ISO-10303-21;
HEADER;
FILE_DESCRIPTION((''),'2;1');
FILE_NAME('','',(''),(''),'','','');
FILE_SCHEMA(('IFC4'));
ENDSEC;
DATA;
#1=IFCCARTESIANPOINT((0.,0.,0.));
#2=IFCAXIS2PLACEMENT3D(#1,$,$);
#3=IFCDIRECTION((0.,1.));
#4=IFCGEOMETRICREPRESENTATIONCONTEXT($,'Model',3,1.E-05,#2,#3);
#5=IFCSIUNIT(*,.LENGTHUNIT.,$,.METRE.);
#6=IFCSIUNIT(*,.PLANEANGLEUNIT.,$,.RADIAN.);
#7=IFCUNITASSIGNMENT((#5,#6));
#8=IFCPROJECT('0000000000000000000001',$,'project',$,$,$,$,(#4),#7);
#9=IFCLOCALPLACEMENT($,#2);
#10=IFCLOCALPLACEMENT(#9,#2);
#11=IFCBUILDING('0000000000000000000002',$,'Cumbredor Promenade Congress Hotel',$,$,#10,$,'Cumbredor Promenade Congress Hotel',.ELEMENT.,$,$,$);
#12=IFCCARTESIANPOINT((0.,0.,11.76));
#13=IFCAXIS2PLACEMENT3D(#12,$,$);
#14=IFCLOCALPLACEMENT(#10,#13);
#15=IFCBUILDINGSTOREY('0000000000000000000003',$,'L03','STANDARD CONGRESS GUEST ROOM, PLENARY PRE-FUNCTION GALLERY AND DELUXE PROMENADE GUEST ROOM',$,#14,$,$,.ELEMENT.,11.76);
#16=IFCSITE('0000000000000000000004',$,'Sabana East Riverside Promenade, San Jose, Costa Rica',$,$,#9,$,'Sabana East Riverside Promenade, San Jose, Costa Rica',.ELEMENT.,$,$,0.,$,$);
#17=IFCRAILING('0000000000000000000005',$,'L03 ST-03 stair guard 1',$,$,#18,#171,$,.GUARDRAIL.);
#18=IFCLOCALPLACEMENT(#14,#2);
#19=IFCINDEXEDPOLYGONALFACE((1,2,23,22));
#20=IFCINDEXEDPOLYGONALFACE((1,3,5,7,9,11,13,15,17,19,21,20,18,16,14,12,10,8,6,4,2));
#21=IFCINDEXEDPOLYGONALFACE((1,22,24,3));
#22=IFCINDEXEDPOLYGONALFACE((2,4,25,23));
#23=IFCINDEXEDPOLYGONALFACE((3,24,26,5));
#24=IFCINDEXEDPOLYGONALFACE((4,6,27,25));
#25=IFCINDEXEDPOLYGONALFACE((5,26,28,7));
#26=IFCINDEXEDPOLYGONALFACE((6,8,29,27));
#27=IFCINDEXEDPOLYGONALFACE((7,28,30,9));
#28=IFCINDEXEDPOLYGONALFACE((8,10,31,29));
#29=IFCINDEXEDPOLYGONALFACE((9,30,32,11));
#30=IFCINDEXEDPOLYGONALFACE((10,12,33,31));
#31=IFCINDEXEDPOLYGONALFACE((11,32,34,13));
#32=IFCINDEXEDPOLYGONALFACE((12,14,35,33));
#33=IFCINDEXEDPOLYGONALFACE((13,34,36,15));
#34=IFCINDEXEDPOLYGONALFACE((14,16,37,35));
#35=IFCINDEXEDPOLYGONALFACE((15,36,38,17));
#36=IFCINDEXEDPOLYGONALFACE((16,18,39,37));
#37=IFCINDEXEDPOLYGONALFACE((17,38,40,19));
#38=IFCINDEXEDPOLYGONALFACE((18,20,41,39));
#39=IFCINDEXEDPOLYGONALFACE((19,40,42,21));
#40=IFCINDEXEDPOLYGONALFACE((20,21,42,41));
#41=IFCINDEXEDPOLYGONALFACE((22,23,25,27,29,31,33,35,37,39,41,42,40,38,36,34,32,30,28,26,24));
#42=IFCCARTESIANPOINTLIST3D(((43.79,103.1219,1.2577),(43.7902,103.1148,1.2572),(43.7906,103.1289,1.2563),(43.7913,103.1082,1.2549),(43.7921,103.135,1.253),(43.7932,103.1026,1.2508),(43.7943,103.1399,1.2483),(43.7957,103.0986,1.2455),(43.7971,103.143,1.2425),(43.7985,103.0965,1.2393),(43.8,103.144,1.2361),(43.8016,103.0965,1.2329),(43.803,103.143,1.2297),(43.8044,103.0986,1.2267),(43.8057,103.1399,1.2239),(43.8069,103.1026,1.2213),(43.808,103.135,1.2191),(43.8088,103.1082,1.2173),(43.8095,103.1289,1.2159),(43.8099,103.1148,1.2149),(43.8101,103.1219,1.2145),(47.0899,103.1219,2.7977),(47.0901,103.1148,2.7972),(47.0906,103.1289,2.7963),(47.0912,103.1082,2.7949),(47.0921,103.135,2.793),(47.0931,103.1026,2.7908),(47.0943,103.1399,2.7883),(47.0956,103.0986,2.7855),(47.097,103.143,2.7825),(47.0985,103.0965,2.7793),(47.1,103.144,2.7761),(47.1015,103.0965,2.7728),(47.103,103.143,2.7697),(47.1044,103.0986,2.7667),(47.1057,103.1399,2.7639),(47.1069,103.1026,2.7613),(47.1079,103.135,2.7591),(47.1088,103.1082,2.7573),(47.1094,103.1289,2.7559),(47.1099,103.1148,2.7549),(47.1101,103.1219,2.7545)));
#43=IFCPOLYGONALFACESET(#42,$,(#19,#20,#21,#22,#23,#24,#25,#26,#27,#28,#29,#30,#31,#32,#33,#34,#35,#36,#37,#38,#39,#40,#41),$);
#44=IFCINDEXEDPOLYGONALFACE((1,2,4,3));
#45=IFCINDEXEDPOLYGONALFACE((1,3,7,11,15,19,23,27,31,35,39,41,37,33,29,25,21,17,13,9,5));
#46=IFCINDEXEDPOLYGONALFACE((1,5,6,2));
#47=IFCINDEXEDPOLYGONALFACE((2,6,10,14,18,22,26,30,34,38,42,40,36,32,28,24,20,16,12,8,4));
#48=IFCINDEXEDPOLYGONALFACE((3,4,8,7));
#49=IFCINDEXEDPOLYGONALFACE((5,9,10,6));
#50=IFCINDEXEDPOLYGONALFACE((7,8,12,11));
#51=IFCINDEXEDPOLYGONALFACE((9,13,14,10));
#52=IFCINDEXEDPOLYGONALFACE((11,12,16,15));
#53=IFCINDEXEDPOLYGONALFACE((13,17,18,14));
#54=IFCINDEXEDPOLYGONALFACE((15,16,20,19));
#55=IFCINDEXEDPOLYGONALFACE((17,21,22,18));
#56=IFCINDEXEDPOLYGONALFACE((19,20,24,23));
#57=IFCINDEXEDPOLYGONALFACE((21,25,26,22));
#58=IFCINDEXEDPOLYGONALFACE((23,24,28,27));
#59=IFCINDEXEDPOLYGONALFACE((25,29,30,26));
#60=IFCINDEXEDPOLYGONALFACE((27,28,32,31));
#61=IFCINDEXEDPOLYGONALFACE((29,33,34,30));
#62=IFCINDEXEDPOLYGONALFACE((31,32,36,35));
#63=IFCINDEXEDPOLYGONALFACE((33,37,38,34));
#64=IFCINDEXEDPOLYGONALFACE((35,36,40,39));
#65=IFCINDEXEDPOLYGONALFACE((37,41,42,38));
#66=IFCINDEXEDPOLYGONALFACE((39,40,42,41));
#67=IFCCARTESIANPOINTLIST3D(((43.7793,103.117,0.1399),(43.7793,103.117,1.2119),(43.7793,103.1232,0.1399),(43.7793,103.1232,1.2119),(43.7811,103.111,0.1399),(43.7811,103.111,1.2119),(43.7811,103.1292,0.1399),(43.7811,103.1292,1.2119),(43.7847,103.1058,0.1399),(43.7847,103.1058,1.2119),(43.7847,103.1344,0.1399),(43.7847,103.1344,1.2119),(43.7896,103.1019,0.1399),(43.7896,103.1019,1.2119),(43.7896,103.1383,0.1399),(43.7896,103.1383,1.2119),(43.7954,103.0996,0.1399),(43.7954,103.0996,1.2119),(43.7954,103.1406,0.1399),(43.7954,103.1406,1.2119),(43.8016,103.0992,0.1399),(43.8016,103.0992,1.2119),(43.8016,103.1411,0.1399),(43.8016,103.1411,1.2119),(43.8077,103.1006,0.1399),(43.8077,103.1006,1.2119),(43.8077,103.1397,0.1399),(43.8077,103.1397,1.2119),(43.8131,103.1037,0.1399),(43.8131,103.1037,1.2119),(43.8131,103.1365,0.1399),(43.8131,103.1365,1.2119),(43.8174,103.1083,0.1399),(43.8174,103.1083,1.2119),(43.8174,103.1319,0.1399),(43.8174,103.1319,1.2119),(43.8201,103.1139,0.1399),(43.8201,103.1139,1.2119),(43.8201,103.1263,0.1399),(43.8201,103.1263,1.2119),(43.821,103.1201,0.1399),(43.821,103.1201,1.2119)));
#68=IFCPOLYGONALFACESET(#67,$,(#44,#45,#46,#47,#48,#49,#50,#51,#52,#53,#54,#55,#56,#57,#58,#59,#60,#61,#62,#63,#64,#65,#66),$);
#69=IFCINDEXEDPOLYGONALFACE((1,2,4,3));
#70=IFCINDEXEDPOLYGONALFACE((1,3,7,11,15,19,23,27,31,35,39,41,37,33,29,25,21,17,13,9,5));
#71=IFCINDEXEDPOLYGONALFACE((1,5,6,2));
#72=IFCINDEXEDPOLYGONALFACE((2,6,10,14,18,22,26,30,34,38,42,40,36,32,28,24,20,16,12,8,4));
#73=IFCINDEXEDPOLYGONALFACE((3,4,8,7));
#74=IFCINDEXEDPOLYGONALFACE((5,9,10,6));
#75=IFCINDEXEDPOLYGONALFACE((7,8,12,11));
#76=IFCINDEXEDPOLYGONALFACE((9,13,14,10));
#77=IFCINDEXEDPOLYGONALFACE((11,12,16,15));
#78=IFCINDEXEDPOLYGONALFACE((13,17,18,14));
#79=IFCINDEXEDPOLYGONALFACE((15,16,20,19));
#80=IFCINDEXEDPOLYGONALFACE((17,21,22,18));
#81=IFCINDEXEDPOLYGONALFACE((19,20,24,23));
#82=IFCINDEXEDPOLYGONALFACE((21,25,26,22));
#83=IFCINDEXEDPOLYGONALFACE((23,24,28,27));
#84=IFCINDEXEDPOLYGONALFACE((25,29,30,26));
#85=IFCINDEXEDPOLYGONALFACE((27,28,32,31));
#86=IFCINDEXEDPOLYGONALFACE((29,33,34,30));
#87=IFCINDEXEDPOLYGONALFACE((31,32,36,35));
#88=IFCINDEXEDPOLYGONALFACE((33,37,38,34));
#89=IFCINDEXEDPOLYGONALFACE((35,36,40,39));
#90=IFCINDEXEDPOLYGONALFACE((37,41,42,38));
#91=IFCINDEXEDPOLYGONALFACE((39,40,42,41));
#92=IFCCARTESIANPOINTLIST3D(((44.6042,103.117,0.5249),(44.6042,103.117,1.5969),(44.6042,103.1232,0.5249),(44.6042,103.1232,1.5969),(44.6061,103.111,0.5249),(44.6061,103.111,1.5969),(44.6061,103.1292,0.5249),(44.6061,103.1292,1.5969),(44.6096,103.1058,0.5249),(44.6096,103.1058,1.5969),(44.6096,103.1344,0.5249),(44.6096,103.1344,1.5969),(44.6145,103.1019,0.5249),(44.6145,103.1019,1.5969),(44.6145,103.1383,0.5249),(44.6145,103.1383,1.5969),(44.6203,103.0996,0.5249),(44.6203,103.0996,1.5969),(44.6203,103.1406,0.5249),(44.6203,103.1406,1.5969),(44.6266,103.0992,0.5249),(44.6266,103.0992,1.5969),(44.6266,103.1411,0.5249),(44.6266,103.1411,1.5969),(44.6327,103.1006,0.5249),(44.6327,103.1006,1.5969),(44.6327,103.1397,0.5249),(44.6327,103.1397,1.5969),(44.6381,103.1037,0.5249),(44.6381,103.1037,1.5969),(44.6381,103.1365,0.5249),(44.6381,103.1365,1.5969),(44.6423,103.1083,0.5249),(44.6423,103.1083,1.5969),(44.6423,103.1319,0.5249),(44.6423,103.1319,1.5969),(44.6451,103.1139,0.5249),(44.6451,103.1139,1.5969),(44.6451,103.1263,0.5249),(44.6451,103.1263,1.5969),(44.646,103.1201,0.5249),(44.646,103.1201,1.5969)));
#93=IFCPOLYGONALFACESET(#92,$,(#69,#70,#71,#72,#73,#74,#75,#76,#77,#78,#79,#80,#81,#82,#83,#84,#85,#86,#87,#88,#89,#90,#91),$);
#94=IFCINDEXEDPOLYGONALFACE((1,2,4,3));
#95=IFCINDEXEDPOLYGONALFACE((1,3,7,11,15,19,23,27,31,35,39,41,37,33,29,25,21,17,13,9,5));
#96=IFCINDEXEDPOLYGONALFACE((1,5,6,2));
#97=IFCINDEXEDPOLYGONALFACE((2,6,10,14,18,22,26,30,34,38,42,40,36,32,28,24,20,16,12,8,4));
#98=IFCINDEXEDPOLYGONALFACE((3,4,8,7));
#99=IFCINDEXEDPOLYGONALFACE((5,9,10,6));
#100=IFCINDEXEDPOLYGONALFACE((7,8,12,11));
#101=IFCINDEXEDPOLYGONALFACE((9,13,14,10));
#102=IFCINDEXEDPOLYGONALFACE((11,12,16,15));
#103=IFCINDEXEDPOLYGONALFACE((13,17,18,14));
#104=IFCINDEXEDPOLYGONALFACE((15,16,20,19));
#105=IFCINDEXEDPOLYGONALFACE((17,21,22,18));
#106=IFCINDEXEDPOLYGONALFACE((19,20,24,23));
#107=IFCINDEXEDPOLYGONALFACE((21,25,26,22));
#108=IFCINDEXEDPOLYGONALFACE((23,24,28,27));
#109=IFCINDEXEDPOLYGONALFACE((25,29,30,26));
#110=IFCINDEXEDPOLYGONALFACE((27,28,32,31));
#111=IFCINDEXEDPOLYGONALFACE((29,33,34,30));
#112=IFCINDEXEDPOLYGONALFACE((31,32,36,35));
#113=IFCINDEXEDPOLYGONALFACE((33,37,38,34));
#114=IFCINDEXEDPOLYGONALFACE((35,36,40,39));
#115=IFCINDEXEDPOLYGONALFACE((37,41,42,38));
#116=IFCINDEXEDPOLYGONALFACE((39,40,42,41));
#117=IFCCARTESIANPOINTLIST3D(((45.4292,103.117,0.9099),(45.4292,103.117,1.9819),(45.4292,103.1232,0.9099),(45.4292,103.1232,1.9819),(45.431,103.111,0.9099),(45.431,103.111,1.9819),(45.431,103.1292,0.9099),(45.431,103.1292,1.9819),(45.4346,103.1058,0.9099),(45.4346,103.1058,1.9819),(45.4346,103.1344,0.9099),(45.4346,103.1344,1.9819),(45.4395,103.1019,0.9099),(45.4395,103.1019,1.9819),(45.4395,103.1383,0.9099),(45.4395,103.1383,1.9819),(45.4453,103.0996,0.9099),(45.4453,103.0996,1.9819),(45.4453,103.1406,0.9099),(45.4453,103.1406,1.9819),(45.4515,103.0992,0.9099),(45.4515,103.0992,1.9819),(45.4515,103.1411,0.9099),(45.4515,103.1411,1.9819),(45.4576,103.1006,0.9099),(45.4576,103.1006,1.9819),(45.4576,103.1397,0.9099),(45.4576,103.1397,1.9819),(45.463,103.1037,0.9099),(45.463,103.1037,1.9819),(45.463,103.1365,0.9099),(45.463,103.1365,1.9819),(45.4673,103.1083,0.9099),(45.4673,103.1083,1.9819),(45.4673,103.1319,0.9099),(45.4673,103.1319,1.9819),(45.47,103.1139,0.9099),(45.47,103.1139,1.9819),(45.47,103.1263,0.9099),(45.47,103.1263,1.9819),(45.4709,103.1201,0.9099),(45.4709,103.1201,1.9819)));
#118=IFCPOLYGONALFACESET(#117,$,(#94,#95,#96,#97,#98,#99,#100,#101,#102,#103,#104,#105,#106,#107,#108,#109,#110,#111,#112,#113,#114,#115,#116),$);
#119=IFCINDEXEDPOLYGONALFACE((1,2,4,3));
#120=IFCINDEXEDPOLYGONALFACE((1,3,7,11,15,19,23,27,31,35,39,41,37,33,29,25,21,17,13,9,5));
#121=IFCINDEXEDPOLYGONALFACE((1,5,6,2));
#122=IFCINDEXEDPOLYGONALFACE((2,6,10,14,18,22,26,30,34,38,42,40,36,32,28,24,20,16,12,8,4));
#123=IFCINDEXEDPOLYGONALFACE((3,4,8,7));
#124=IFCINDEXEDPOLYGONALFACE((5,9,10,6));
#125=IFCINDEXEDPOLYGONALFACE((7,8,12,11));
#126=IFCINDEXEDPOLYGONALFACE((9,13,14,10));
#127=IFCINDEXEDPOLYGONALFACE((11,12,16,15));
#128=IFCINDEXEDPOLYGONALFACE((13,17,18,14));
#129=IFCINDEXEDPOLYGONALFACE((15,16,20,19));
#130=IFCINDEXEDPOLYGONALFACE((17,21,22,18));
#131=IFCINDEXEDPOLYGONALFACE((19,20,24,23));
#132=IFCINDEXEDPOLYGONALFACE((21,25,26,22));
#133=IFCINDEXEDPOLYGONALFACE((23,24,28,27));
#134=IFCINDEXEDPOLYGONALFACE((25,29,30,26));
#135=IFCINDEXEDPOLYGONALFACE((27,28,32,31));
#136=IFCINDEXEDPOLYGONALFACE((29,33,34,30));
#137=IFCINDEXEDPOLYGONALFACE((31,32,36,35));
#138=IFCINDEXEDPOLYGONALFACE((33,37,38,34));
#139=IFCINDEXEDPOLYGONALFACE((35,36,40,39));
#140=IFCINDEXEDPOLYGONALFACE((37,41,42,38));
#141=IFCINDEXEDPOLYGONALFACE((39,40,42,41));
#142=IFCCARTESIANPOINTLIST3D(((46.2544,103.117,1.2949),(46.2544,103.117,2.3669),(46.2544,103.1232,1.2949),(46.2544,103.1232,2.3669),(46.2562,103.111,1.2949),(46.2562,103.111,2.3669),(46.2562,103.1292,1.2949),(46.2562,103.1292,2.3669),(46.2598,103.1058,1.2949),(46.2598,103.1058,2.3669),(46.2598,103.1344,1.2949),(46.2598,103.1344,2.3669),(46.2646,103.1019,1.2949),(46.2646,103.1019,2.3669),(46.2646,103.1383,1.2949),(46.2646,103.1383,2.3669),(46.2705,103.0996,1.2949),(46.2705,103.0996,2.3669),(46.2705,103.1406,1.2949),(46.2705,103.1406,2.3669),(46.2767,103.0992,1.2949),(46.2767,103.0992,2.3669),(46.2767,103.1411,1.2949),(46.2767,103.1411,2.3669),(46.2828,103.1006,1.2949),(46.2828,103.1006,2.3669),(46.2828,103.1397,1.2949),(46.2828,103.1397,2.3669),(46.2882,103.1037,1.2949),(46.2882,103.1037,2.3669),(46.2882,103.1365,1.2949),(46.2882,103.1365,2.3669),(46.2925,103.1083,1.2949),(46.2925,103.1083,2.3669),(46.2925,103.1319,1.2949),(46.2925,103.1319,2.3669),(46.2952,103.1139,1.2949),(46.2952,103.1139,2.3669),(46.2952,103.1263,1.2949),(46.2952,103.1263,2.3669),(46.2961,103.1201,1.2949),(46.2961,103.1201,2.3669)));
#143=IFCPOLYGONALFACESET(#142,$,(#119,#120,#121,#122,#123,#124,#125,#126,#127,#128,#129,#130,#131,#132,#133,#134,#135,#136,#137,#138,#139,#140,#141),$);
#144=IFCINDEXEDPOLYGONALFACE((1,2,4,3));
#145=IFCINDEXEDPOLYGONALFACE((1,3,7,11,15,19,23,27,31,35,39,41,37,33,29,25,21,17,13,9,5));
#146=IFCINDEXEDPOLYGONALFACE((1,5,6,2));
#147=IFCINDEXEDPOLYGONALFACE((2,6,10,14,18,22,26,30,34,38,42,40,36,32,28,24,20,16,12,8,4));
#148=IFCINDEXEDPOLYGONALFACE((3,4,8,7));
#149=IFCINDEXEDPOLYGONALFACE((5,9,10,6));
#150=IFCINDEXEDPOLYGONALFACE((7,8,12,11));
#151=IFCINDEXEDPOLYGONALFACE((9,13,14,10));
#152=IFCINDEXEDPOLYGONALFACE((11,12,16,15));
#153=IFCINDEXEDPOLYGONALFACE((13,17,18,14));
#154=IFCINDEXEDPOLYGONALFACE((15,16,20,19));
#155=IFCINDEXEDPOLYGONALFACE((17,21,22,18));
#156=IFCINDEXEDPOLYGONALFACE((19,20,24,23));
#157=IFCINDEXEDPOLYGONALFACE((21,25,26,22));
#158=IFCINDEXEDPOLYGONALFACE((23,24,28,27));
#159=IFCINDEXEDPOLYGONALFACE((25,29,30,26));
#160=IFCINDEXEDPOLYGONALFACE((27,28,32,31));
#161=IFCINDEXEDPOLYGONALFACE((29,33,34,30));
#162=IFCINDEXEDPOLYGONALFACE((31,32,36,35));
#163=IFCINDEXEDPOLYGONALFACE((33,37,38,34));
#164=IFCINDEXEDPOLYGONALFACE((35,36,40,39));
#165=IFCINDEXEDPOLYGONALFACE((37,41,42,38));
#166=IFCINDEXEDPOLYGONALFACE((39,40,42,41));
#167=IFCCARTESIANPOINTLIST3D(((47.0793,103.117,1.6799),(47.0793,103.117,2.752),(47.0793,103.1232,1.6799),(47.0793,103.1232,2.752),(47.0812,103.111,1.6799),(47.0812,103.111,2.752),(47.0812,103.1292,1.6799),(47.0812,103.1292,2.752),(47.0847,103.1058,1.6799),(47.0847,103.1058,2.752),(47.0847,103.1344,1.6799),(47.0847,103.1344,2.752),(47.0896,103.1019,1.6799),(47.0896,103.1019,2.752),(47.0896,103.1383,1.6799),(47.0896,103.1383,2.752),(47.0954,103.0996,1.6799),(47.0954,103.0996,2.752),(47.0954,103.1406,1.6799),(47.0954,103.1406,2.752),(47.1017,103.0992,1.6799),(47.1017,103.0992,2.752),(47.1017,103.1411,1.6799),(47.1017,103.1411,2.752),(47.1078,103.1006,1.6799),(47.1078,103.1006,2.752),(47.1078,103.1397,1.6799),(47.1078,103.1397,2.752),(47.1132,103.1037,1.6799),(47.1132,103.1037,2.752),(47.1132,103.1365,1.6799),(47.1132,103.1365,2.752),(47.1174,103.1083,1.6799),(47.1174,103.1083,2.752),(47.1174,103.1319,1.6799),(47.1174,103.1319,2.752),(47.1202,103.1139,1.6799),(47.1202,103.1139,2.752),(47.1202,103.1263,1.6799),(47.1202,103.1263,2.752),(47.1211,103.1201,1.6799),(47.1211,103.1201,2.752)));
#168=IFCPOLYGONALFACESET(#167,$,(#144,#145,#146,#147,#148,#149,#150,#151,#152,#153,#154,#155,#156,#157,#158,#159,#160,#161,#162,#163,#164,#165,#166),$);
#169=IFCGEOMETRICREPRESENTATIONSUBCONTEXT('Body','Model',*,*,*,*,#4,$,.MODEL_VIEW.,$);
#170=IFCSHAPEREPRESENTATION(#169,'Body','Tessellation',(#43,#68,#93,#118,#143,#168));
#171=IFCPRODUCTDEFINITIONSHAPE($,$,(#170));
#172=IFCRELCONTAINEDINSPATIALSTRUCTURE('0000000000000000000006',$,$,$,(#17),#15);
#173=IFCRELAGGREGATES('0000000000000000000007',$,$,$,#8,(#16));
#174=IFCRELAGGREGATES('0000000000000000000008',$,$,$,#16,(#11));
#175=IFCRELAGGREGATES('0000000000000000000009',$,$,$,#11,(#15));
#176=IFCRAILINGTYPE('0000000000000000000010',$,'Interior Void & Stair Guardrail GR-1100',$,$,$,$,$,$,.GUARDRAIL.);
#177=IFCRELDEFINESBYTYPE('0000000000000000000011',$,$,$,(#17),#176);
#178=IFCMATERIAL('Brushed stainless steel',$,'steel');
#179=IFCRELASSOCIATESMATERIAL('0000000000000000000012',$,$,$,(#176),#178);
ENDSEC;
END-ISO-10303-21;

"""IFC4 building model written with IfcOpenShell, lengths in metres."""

from ifc_helpers import new_model, si_unit, direction, frame, origin, origin_2d, place, context, subcontext, project, spatial, circle, extrude, material, type_object, element, save


model = new_model("IFC4")

# Units and contexts
model_context = context("Model", 3, precision=1e-05, world=origin(), true_north=direction((0.0, 1.0)))
body_context = subcontext(model_context, "Body", "Model", "MODEL_VIEW")
ifc_project = project(units=[si_unit("LENGTHUNIT", "METRE"), si_unit("PLANEANGLEUNIT", "RADIAN")], contexts=[model_context])

# Site, building, storey
site_placement = place(None, origin())
site = spatial("IfcSite", under=ifc_project, at=site_placement, Name="Sabana East Riverside Promenade, San Jose, Costa Rica", LongName="Sabana East Riverside Promenade, San Jose, Costa Rica", CompositionType="ELEMENT", RefElevation=0.0)
building_placement = place(site_placement, origin())
building = spatial("IfcBuilding", under=site, at=building_placement, Name="Cumbredor Promenade Congress Hotel", LongName="Cumbredor Promenade Congress Hotel", CompositionType="ELEMENT")
storey_placement = place(building_placement, frame((0.0, 0.0, 11.76)))
storey = spatial("IfcBuildingStorey", under=building, at=storey_placement, Name="L03", Description="STANDARD CONGRESS GUEST ROOM, PLENARY PRE-FUNCTION GALLERY AND DELUXE PROMENADE GUEST ROOM", CompositionType="ELEMENT", Elevation=11.76)

# Railing
ifc_material_1 = material(Name="Brushed stainless steel", Category="steel")
railing_type_1 = type_object("IfcRailingType", Name="Interior Void & Stair Guardrail GR-1100", PredefinedType="GUARDRAIL", material=ifc_material_1)
railing_1_placement = place(storey_placement, frame((43.8, 103.1201, 0.1399)))
element("IfcRailing", 1, at=railing_1_placement, inside=storey, type_object=railing_type_1, Name="L03 ST-03 stair guard 1", PredefinedType="GUARDRAIL", context=body_context, shape_type="SweptSolid", body=[
    extrude(circle(Radius=0.0239, at=origin_2d()), frame((0.0, 0.0, 1.0962), z_axis=(0.906181, 0.0, 0.422889), x_axis=(0.0, 1.0, 0.0)), (0.0, 0.0, 1.0), 3.6416),
    extrude(circle(Radius=0.021, at=origin_2d()), origin(), (0.0, 0.0, 1.0), 1.072),
    extrude(circle(Radius=0.021, at=origin_2d()), frame((0.825, 0.0, 0.385)), (0.0, 0.0, 1.0), 1.072),
    extrude(circle(Radius=0.021, at=origin_2d()), frame((1.6499, 0.0, 0.77)), (0.0, 0.0, 1.0), 1.072),
    extrude(circle(Radius=0.021, at=origin_2d()), frame((2.4751, 0.0, 1.155)), (0.0, 0.0, 1.0), 1.072),
    extrude(circle(Radius=0.021, at=origin_2d()), frame((3.3, 0.0, 1.54)), (0.0, 0.0, 1.0), 1.072),
])

save(model, "model.ifc")
